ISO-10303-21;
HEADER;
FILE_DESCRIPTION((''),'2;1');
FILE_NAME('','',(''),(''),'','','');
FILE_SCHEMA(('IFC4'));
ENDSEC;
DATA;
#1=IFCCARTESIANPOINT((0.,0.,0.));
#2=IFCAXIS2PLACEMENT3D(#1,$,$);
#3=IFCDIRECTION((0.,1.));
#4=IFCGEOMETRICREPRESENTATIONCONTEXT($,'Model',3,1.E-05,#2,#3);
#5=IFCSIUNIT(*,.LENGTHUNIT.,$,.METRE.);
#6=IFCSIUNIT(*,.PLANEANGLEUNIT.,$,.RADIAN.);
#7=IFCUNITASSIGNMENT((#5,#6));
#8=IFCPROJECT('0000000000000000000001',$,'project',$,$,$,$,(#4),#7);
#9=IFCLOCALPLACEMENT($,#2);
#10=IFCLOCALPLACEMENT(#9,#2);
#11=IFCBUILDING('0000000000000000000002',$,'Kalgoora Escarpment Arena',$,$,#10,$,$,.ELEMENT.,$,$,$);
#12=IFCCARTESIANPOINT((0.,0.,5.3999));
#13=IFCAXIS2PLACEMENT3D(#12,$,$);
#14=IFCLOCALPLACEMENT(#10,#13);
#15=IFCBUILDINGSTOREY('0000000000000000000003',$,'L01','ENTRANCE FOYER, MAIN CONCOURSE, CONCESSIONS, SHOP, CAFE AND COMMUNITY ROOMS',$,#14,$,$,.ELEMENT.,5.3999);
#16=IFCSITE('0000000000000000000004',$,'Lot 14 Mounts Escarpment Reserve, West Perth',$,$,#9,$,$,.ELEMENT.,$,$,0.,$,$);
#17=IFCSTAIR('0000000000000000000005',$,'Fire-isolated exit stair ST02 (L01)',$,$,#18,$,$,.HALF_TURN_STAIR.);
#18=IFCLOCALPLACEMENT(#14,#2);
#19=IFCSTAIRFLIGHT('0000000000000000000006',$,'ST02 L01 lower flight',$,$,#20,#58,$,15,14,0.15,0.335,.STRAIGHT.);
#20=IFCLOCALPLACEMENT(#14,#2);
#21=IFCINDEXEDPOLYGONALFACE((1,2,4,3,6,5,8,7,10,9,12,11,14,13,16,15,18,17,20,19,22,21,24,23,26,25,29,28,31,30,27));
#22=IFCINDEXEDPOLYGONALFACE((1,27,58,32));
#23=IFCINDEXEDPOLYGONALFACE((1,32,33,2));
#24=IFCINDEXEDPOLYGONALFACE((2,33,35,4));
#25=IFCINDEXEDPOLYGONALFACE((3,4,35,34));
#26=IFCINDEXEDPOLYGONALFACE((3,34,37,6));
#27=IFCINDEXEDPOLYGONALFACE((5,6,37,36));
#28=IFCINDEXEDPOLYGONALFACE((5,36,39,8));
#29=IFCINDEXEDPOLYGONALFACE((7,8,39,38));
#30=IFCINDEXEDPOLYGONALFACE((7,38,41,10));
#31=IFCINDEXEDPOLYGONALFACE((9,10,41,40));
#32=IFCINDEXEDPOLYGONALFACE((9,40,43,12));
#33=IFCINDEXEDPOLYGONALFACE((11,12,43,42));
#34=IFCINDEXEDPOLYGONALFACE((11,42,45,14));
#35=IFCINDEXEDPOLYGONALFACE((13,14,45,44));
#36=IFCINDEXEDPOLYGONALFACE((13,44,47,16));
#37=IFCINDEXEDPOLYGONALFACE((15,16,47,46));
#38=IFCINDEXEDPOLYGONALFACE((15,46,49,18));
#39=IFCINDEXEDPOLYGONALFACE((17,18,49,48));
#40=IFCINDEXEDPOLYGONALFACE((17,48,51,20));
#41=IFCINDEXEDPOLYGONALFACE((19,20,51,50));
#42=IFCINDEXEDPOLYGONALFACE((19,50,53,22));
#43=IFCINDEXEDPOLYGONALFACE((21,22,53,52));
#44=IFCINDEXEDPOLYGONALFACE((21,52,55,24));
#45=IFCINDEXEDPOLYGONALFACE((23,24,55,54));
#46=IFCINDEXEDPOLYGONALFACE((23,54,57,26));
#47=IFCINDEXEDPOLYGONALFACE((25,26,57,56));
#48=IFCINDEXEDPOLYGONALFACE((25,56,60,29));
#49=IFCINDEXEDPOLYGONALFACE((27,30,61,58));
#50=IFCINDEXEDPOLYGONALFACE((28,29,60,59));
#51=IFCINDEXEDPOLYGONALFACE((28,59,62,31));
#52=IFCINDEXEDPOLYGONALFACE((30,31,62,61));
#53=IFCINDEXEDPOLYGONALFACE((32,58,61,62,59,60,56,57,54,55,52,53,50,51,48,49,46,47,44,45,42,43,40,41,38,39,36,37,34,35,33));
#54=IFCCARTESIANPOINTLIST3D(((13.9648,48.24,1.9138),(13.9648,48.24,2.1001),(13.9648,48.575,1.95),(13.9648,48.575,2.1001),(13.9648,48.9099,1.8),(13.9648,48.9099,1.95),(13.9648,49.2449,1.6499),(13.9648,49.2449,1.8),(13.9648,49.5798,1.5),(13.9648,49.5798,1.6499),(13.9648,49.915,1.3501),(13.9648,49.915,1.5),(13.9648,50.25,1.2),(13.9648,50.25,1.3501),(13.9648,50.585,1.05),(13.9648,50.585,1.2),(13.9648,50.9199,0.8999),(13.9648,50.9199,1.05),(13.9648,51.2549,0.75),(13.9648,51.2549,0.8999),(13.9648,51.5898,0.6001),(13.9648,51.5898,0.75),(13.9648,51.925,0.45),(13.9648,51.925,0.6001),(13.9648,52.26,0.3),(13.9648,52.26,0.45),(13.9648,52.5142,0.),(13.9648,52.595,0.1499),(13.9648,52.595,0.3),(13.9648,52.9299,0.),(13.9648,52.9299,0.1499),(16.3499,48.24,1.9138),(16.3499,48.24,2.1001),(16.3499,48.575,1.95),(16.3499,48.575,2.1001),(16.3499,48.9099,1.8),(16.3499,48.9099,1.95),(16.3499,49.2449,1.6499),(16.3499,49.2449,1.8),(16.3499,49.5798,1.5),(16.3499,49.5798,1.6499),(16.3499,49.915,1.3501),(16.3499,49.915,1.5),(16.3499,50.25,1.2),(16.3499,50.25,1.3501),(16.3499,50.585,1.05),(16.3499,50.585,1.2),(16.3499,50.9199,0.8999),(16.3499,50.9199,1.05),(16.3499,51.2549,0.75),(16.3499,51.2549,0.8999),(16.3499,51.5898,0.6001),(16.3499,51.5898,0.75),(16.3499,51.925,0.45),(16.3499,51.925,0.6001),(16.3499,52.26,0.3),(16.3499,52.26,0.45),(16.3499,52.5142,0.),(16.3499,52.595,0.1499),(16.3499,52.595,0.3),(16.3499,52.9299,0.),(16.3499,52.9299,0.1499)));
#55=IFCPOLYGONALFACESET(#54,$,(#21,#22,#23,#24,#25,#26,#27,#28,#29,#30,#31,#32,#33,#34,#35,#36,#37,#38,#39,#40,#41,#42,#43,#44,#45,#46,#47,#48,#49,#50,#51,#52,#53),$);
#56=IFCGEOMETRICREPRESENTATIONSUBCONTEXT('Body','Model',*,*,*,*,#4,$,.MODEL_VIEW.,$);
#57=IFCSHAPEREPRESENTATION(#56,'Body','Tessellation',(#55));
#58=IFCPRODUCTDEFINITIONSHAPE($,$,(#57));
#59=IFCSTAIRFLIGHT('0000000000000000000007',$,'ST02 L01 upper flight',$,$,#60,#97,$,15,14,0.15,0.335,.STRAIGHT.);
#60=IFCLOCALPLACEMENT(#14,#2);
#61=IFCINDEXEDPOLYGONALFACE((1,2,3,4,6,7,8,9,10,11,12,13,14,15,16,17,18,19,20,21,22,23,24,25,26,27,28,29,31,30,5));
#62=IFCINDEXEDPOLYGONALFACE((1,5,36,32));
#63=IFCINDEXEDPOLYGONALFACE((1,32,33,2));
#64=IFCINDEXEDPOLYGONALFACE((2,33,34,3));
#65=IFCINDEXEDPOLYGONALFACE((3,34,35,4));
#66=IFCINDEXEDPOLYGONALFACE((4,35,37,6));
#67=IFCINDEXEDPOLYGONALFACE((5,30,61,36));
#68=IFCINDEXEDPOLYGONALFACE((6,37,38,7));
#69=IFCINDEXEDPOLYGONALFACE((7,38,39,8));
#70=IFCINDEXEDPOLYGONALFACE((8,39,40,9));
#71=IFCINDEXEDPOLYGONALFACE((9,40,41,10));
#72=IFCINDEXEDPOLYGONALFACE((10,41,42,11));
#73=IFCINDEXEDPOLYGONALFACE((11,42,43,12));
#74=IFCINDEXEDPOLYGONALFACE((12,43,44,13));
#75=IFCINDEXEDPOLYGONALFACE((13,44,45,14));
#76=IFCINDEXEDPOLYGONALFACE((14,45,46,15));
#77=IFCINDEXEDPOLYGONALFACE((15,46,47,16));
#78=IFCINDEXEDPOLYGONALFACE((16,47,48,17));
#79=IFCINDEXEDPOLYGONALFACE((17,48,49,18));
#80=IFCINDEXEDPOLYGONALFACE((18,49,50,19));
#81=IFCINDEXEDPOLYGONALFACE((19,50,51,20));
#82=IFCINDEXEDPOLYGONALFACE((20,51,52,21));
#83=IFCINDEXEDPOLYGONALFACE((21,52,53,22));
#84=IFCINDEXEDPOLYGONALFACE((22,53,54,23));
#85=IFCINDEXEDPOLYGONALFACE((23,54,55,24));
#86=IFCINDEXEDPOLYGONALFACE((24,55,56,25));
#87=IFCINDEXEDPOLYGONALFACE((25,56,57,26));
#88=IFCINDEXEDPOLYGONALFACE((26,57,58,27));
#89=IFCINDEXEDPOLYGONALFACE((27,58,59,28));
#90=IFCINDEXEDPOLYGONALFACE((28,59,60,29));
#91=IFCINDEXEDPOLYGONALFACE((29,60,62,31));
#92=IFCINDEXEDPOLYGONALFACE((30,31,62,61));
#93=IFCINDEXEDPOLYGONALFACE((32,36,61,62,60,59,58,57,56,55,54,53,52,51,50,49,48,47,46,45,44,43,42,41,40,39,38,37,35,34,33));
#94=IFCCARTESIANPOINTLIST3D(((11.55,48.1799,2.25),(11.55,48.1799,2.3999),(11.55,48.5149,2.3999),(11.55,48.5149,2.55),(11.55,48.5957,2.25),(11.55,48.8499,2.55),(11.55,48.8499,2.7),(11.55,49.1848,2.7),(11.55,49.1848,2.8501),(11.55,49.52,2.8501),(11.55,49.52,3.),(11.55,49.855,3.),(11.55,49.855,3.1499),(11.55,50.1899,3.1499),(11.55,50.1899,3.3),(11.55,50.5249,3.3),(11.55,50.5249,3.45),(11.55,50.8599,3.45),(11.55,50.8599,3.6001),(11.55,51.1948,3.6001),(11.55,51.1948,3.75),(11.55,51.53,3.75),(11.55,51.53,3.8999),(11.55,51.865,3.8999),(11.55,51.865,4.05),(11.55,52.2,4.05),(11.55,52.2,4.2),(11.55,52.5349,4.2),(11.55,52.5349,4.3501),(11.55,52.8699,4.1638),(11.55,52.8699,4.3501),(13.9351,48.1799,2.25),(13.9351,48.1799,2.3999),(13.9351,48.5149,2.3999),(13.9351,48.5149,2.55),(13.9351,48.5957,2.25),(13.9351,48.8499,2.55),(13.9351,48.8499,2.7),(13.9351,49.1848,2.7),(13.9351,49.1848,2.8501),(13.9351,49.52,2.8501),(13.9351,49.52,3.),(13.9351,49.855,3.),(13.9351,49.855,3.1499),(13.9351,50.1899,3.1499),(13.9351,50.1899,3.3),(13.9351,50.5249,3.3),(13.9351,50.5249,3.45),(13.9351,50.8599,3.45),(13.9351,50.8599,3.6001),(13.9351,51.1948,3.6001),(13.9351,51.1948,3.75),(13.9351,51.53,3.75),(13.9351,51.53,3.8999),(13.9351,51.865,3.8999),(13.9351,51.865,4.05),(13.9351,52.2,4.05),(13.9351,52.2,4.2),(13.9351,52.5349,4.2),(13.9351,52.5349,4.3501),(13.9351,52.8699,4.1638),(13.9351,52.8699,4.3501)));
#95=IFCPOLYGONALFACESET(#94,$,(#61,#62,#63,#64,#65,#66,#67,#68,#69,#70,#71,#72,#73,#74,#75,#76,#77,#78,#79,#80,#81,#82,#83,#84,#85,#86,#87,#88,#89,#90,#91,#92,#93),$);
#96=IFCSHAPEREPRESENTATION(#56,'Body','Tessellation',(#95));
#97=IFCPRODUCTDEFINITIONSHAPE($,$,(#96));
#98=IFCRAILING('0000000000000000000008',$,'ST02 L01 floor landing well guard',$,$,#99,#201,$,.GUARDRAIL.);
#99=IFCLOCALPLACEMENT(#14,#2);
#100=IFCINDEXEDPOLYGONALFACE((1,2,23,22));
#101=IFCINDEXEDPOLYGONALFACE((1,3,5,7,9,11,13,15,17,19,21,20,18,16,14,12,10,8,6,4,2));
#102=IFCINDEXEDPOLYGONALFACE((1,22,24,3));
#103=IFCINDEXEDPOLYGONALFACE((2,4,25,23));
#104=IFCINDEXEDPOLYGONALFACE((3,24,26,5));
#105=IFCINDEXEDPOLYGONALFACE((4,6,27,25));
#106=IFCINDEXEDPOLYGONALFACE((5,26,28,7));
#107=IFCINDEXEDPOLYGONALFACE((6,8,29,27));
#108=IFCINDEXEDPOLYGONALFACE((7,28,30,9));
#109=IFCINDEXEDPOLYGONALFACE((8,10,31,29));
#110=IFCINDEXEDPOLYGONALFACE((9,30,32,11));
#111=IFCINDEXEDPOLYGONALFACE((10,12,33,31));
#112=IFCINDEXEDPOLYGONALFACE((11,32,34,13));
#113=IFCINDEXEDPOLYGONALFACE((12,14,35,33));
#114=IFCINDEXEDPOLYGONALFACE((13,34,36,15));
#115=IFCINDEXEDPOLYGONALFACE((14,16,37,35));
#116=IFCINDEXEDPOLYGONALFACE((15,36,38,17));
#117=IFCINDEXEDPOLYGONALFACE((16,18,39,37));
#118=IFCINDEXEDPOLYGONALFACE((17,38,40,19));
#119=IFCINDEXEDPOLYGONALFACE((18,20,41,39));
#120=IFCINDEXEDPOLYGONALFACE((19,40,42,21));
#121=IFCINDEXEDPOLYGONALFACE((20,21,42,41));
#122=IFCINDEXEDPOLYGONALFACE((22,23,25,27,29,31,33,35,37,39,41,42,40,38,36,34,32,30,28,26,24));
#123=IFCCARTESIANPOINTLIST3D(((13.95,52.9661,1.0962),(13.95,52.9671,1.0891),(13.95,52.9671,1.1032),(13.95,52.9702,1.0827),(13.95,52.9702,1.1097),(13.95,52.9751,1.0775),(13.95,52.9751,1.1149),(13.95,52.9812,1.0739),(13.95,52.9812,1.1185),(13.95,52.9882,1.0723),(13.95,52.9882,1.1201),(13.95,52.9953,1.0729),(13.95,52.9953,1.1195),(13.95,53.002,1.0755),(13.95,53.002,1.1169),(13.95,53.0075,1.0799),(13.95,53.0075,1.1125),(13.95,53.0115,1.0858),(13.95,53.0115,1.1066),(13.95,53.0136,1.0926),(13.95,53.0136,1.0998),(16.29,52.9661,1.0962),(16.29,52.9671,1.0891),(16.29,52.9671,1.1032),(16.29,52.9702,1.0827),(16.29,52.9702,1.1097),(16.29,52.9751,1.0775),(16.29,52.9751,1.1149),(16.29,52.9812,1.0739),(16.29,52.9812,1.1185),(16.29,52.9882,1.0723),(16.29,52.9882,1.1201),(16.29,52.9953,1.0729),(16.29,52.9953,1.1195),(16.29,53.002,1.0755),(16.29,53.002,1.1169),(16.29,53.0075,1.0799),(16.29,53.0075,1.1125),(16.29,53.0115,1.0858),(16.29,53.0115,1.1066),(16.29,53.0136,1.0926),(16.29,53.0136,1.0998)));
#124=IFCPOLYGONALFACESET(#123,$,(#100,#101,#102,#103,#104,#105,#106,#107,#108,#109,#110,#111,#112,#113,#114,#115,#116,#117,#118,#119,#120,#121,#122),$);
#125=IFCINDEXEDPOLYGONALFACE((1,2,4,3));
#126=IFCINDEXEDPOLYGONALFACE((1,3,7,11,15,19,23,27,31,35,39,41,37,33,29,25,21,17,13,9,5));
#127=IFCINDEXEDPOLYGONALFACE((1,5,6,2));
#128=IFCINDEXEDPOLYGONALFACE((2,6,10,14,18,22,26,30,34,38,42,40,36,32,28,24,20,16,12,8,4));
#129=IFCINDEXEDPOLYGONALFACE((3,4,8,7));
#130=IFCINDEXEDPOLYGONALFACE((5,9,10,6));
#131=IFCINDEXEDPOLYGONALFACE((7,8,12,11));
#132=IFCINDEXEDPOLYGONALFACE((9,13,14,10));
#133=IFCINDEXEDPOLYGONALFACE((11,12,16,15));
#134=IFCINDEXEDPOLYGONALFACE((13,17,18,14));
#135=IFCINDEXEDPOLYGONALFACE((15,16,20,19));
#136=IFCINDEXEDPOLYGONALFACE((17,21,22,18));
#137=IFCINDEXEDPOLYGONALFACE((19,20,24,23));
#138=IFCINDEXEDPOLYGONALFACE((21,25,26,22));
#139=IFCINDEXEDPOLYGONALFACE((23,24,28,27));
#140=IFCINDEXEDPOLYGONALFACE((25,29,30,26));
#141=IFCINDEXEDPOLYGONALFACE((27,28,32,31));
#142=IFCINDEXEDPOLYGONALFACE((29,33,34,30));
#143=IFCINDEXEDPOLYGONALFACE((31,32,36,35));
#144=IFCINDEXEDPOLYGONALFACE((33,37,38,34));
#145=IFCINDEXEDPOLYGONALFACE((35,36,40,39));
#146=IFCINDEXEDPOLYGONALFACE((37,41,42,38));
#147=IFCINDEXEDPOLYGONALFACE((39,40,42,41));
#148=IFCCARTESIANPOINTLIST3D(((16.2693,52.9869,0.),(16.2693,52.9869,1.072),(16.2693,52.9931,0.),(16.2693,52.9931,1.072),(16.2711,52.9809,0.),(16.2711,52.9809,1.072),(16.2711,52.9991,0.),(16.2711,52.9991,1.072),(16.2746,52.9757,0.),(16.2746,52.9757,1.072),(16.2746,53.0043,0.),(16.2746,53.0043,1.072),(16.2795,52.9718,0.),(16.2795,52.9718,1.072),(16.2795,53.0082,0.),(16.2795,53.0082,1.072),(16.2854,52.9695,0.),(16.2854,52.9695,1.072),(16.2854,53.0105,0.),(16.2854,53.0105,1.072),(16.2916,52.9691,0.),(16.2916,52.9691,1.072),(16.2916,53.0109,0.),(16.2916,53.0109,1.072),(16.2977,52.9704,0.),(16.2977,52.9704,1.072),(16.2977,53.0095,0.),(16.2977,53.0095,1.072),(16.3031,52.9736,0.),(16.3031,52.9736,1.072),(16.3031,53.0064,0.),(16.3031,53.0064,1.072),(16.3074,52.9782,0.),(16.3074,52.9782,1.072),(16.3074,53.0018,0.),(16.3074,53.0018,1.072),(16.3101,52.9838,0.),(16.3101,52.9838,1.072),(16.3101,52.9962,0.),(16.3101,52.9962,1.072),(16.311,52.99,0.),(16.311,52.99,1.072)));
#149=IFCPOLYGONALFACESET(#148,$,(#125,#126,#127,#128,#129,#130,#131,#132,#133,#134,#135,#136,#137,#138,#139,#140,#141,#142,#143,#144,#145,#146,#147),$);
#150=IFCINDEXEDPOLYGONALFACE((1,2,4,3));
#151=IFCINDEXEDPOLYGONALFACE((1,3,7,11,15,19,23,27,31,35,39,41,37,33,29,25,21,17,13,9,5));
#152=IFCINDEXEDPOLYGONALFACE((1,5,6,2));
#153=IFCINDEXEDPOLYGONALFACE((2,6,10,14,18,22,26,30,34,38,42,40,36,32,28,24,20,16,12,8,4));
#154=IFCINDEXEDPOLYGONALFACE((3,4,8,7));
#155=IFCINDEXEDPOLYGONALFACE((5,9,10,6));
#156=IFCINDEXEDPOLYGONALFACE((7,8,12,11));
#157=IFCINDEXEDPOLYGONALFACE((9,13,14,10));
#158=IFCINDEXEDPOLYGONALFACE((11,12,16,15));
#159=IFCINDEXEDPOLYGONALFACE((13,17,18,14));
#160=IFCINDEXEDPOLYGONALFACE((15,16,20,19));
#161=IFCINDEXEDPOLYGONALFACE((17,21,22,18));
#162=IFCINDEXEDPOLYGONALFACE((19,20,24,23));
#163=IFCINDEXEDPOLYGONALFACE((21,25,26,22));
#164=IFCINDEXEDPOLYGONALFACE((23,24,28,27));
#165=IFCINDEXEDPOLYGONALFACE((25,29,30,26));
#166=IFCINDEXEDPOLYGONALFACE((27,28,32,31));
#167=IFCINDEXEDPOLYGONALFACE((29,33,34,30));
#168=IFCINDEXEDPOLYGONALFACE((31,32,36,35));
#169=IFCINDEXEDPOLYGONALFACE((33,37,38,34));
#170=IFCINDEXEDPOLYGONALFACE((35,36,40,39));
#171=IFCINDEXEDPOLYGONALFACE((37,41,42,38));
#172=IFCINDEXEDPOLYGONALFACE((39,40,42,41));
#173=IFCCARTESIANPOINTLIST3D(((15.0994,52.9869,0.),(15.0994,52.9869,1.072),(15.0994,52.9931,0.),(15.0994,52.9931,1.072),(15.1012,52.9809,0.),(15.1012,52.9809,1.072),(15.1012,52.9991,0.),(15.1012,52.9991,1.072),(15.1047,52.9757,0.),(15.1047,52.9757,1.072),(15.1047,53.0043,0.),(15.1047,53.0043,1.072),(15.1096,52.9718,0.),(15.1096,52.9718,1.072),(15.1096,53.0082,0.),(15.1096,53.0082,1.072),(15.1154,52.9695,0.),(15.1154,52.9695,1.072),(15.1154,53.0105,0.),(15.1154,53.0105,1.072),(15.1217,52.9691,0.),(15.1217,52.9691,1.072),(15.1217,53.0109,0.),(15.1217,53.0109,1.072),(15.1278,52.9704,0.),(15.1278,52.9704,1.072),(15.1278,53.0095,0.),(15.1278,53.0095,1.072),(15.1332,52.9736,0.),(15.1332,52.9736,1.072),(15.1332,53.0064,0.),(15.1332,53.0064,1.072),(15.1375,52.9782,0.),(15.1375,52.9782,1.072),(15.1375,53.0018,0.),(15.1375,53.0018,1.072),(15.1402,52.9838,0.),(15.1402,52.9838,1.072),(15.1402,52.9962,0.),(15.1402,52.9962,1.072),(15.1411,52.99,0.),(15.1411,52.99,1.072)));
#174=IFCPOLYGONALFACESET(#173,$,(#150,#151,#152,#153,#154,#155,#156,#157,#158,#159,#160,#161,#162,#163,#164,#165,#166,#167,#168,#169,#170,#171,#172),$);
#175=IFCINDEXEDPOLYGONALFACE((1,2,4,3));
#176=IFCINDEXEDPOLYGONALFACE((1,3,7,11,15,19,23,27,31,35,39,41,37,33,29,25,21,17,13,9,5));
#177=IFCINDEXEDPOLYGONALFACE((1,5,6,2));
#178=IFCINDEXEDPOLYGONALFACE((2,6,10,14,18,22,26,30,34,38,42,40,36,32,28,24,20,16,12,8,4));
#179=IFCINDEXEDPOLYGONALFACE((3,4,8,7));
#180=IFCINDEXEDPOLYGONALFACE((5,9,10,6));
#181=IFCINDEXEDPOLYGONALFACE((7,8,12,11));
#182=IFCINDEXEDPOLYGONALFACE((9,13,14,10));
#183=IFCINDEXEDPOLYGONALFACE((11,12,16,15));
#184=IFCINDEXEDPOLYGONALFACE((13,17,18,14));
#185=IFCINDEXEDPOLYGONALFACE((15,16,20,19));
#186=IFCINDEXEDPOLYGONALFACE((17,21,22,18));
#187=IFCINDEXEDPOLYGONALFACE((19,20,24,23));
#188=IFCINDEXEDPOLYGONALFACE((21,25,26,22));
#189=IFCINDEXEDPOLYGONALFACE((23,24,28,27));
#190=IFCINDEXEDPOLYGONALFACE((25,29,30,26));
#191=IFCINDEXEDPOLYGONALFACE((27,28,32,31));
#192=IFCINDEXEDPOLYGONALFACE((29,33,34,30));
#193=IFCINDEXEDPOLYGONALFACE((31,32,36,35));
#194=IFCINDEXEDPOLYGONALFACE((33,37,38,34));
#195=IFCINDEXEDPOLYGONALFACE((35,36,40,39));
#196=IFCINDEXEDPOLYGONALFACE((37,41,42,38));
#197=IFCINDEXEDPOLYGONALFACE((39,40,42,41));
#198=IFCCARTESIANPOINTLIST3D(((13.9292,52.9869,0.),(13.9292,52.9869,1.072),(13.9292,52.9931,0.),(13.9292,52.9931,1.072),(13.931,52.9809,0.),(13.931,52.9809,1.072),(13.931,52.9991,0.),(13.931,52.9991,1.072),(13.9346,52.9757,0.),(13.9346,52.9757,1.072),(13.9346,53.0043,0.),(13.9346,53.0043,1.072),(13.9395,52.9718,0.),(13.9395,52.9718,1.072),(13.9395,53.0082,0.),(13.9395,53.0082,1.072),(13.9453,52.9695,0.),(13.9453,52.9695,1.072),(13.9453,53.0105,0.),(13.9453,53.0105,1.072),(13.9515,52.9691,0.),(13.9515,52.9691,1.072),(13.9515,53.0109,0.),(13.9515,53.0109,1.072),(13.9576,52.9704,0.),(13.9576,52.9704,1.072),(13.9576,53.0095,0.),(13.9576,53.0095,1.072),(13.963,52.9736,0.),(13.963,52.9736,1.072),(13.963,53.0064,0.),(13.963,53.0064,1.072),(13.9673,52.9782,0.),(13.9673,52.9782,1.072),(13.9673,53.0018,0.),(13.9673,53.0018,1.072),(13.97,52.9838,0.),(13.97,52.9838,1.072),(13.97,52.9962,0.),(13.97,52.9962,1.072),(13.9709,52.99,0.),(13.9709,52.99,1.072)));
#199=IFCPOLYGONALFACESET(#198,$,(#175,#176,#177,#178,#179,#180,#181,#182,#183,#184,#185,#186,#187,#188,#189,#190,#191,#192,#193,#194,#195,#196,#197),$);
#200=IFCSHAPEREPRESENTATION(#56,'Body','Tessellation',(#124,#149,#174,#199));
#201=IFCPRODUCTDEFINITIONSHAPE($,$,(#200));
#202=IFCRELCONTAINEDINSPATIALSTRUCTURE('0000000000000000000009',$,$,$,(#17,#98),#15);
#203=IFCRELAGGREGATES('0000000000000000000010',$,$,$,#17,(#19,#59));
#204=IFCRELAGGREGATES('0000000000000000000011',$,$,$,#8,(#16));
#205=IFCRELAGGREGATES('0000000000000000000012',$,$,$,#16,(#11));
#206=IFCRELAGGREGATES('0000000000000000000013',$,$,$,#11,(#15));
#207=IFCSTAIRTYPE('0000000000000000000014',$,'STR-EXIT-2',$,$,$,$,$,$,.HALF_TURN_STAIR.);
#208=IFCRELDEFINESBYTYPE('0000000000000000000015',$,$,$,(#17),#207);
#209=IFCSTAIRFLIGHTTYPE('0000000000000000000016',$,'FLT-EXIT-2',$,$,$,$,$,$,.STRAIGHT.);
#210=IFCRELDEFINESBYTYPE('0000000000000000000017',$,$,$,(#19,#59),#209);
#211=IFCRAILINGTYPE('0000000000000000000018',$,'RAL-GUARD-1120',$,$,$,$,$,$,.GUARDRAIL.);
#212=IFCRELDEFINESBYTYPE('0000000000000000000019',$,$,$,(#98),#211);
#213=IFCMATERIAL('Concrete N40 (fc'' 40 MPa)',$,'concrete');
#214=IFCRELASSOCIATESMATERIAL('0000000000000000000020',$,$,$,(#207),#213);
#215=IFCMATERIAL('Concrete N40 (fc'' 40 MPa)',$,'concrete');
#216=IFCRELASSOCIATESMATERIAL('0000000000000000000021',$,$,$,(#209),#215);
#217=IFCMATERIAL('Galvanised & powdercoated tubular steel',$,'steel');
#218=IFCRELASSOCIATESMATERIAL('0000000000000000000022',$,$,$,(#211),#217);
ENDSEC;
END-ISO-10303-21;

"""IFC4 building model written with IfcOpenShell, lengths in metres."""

from ifc_helpers import new_model, si_unit, direction, frame, origin, origin_2d, place, context, subcontext, project, spatial, polyline, circle, outline, extrude, material, type_object, element, aggregate, save


model = new_model("IFC4")

# Units and contexts
model_context = context("Model", 3, precision=1e-05, world=origin(), true_north=direction((0.0, 1.0)))
body_context = subcontext(model_context, "Body", "Model", "MODEL_VIEW")
ifc_project = project(units=[si_unit("LENGTHUNIT", "METRE"), si_unit("PLANEANGLEUNIT", "RADIAN")], contexts=[model_context])

# Site, building, storey
site_placement = place(None, origin())
site = spatial("IfcSite", under=ifc_project, at=site_placement, Name="Lot 14 Mounts Escarpment Reserve, West Perth", CompositionType="ELEMENT", RefElevation=0.0)
building_placement = place(site_placement, origin())
building = spatial("IfcBuilding", under=site, at=building_placement, Name="Kalgoora Escarpment Arena", CompositionType="ELEMENT")
storey_placement = place(building_placement, frame((0.0, 0.0, 5.3999)))
storey = spatial("IfcBuildingStorey", under=building, at=storey_placement, Name="L01", Description="ENTRANCE FOYER, MAIN CONCOURSE, CONCESSIONS, SHOP, CAFE AND COMMUNITY ROOMS", CompositionType="ELEMENT", Elevation=5.3999)

# Stair, stair flights
ifc_material_1 = material(Name="Concrete N40 (fc' 40 MPa)", Category="concrete")
stair_type = type_object("IfcStairType", Name="STR-EXIT-2", PredefinedType="HALF_TURN_STAIR", material=ifc_material_1)
stair_placement = place(storey_placement, origin())
stair = element("IfcStair", 1, at=stair_placement, inside=storey, type_object=stair_type, Name="Fire-isolated exit stair ST02 (L01)", PredefinedType="HALF_TURN_STAIR")
ifc_material_2 = material(Name="Concrete N40 (fc' 40 MPa)", Category="concrete")
stair_flight_type = type_object("IfcStairFlightType", Name="FLT-EXIT-2", PredefinedType="STRAIGHT", material=ifc_material_2)
stair_flight_1_placement = place(storey_placement, frame((15.1575, 52.9299, 0.0), z_axis=(0.0, 0.0, 1.0), x_axis=(0.0, -1.0, 0.0)))
stair_flight_1 = element("IfcStairFlight", 2, at=stair_flight_1_placement, type_object=stair_flight_type, Name="ST02 L01 lower flight", NumberOfRisers=15, NumberOfTreads=14, PredefinedType="STRAIGHT", RiserHeight=0.15, TreadLength=0.335, context=body_context, shape_type="SweptSolid", body=[
    extrude(outline(polyline([(0.0, 0.0), (0.0, 0.1499), (0.335, 0.1499), (0.335, 0.3), (0.6699, 0.3), (0.6699, 0.45), (1.0049, 0.45), (1.0049, 0.6001), (1.3401, 0.6001), (1.3401, 0.75), (1.675, 0.75), (1.675, 0.8999), (2.01, 0.8999), (2.01, 1.05), (2.345, 1.05), (2.345, 1.2), (2.6799, 1.2), (2.6799, 1.3501), (3.0149, 1.3501), (3.0149, 1.5), (3.3501, 1.5), (3.3501, 1.6499), (3.6851, 1.6499), (3.6851, 1.8), (4.02, 1.8), (4.02, 1.95), (4.355, 1.95), (4.355, 2.1001), (4.6899, 2.1001), (4.6899, 2.25), (4.6899, 1.9138), (0.4158, 0.0), (0.0, 0.0)])), frame((0.0, 1.1924, 0.0), z_axis=(0.0, -1.0, 0.0), x_axis=(1.0, 0.0, 0.0)), (0.0, 0.0, 1.0), 2.385),
])
stair_flight_2_placement = place(storey_placement, frame((12.7424, 48.1799, 2.25), z_axis=(0.0, 0.0, 1.0), x_axis=(0.0, 1.0, 0.0)))
stair_flight_2 = element("IfcStairFlight", 3, at=stair_flight_2_placement, type_object=stair_flight_type, Name="ST02 L01 upper flight", NumberOfRisers=15, NumberOfTreads=14, PredefinedType="STRAIGHT", RiserHeight=0.15, TreadLength=0.335, context=body_context, shape_type="SweptSolid", body=[
    extrude(outline(polyline([(0.0, 0.0), (0.0, 0.1499), (0.335, 0.1499), (0.335, 0.3), (0.6699, 0.3), (0.6699, 0.45), (1.0049, 0.45), (1.0049, 0.6001), (1.3401, 0.6001), (1.3401, 0.75), (1.675, 0.75), (1.675, 0.8999), (2.01, 0.8999), (2.01, 1.05), (2.345, 1.05), (2.345, 1.2), (2.6799, 1.2), (2.6799, 1.3501), (3.0149, 1.3501), (3.0149, 1.5), (3.3501, 1.5), (3.3501, 1.6499), (3.6851, 1.6499), (3.6851, 1.8), (4.02, 1.8), (4.02, 1.95), (4.355, 1.95), (4.355, 2.1001), (4.6899, 2.1001), (4.6899, 2.25), (4.6899, 1.9138), (0.4158, 0.0), (0.0, 0.0)])), frame((0.0, 1.1924, 0.0), z_axis=(0.0, -1.0, 0.0), x_axis=(1.0, 0.0, 0.0)), (0.0, 0.0, 1.0), 2.385),
])
aggregate(stair, [stair_flight_1, stair_flight_2])

# Railing
ifc_material_3 = material(Name="Galvanised & powdercoated tubular steel", Category="steel")
railing_type_1 = type_object("IfcRailingType", Name="RAL-GUARD-1120", PredefinedType="GUARDRAIL", material=ifc_material_3)
railing_placement = place(storey_placement, frame((16.29, 52.99, 0.0)))
element("IfcRailing", 4, at=railing_placement, inside=storey, type_object=railing_type_1, Name="ST02 L01 floor landing well guard", PredefinedType="GUARDRAIL", context=body_context, shape_type="SweptSolid", body=[
    extrude(circle(Radius=0.0239, at=origin_2d()), frame((0.0, 0.0, 1.0962), z_axis=(-1.0, 0.0, 0.0), x_axis=(0.0, -1.0, 0.0)), (0.0, 0.0, 1.0), 2.3401),
    extrude(circle(Radius=0.021, at=origin_2d()), origin(), (0.0, 0.0, 1.0), 1.072),
    extrude(circle(Radius=0.021, at=origin_2d()), frame((-1.1699, 0.0, 0.0)), (0.0, 0.0, 1.0), 1.072),
    extrude(circle(Radius=0.021, at=origin_2d()), frame((-2.3401, 0.0, 0.0)), (0.0, 0.0, 1.0), 1.072),
])

save(model, "model.ifc")
